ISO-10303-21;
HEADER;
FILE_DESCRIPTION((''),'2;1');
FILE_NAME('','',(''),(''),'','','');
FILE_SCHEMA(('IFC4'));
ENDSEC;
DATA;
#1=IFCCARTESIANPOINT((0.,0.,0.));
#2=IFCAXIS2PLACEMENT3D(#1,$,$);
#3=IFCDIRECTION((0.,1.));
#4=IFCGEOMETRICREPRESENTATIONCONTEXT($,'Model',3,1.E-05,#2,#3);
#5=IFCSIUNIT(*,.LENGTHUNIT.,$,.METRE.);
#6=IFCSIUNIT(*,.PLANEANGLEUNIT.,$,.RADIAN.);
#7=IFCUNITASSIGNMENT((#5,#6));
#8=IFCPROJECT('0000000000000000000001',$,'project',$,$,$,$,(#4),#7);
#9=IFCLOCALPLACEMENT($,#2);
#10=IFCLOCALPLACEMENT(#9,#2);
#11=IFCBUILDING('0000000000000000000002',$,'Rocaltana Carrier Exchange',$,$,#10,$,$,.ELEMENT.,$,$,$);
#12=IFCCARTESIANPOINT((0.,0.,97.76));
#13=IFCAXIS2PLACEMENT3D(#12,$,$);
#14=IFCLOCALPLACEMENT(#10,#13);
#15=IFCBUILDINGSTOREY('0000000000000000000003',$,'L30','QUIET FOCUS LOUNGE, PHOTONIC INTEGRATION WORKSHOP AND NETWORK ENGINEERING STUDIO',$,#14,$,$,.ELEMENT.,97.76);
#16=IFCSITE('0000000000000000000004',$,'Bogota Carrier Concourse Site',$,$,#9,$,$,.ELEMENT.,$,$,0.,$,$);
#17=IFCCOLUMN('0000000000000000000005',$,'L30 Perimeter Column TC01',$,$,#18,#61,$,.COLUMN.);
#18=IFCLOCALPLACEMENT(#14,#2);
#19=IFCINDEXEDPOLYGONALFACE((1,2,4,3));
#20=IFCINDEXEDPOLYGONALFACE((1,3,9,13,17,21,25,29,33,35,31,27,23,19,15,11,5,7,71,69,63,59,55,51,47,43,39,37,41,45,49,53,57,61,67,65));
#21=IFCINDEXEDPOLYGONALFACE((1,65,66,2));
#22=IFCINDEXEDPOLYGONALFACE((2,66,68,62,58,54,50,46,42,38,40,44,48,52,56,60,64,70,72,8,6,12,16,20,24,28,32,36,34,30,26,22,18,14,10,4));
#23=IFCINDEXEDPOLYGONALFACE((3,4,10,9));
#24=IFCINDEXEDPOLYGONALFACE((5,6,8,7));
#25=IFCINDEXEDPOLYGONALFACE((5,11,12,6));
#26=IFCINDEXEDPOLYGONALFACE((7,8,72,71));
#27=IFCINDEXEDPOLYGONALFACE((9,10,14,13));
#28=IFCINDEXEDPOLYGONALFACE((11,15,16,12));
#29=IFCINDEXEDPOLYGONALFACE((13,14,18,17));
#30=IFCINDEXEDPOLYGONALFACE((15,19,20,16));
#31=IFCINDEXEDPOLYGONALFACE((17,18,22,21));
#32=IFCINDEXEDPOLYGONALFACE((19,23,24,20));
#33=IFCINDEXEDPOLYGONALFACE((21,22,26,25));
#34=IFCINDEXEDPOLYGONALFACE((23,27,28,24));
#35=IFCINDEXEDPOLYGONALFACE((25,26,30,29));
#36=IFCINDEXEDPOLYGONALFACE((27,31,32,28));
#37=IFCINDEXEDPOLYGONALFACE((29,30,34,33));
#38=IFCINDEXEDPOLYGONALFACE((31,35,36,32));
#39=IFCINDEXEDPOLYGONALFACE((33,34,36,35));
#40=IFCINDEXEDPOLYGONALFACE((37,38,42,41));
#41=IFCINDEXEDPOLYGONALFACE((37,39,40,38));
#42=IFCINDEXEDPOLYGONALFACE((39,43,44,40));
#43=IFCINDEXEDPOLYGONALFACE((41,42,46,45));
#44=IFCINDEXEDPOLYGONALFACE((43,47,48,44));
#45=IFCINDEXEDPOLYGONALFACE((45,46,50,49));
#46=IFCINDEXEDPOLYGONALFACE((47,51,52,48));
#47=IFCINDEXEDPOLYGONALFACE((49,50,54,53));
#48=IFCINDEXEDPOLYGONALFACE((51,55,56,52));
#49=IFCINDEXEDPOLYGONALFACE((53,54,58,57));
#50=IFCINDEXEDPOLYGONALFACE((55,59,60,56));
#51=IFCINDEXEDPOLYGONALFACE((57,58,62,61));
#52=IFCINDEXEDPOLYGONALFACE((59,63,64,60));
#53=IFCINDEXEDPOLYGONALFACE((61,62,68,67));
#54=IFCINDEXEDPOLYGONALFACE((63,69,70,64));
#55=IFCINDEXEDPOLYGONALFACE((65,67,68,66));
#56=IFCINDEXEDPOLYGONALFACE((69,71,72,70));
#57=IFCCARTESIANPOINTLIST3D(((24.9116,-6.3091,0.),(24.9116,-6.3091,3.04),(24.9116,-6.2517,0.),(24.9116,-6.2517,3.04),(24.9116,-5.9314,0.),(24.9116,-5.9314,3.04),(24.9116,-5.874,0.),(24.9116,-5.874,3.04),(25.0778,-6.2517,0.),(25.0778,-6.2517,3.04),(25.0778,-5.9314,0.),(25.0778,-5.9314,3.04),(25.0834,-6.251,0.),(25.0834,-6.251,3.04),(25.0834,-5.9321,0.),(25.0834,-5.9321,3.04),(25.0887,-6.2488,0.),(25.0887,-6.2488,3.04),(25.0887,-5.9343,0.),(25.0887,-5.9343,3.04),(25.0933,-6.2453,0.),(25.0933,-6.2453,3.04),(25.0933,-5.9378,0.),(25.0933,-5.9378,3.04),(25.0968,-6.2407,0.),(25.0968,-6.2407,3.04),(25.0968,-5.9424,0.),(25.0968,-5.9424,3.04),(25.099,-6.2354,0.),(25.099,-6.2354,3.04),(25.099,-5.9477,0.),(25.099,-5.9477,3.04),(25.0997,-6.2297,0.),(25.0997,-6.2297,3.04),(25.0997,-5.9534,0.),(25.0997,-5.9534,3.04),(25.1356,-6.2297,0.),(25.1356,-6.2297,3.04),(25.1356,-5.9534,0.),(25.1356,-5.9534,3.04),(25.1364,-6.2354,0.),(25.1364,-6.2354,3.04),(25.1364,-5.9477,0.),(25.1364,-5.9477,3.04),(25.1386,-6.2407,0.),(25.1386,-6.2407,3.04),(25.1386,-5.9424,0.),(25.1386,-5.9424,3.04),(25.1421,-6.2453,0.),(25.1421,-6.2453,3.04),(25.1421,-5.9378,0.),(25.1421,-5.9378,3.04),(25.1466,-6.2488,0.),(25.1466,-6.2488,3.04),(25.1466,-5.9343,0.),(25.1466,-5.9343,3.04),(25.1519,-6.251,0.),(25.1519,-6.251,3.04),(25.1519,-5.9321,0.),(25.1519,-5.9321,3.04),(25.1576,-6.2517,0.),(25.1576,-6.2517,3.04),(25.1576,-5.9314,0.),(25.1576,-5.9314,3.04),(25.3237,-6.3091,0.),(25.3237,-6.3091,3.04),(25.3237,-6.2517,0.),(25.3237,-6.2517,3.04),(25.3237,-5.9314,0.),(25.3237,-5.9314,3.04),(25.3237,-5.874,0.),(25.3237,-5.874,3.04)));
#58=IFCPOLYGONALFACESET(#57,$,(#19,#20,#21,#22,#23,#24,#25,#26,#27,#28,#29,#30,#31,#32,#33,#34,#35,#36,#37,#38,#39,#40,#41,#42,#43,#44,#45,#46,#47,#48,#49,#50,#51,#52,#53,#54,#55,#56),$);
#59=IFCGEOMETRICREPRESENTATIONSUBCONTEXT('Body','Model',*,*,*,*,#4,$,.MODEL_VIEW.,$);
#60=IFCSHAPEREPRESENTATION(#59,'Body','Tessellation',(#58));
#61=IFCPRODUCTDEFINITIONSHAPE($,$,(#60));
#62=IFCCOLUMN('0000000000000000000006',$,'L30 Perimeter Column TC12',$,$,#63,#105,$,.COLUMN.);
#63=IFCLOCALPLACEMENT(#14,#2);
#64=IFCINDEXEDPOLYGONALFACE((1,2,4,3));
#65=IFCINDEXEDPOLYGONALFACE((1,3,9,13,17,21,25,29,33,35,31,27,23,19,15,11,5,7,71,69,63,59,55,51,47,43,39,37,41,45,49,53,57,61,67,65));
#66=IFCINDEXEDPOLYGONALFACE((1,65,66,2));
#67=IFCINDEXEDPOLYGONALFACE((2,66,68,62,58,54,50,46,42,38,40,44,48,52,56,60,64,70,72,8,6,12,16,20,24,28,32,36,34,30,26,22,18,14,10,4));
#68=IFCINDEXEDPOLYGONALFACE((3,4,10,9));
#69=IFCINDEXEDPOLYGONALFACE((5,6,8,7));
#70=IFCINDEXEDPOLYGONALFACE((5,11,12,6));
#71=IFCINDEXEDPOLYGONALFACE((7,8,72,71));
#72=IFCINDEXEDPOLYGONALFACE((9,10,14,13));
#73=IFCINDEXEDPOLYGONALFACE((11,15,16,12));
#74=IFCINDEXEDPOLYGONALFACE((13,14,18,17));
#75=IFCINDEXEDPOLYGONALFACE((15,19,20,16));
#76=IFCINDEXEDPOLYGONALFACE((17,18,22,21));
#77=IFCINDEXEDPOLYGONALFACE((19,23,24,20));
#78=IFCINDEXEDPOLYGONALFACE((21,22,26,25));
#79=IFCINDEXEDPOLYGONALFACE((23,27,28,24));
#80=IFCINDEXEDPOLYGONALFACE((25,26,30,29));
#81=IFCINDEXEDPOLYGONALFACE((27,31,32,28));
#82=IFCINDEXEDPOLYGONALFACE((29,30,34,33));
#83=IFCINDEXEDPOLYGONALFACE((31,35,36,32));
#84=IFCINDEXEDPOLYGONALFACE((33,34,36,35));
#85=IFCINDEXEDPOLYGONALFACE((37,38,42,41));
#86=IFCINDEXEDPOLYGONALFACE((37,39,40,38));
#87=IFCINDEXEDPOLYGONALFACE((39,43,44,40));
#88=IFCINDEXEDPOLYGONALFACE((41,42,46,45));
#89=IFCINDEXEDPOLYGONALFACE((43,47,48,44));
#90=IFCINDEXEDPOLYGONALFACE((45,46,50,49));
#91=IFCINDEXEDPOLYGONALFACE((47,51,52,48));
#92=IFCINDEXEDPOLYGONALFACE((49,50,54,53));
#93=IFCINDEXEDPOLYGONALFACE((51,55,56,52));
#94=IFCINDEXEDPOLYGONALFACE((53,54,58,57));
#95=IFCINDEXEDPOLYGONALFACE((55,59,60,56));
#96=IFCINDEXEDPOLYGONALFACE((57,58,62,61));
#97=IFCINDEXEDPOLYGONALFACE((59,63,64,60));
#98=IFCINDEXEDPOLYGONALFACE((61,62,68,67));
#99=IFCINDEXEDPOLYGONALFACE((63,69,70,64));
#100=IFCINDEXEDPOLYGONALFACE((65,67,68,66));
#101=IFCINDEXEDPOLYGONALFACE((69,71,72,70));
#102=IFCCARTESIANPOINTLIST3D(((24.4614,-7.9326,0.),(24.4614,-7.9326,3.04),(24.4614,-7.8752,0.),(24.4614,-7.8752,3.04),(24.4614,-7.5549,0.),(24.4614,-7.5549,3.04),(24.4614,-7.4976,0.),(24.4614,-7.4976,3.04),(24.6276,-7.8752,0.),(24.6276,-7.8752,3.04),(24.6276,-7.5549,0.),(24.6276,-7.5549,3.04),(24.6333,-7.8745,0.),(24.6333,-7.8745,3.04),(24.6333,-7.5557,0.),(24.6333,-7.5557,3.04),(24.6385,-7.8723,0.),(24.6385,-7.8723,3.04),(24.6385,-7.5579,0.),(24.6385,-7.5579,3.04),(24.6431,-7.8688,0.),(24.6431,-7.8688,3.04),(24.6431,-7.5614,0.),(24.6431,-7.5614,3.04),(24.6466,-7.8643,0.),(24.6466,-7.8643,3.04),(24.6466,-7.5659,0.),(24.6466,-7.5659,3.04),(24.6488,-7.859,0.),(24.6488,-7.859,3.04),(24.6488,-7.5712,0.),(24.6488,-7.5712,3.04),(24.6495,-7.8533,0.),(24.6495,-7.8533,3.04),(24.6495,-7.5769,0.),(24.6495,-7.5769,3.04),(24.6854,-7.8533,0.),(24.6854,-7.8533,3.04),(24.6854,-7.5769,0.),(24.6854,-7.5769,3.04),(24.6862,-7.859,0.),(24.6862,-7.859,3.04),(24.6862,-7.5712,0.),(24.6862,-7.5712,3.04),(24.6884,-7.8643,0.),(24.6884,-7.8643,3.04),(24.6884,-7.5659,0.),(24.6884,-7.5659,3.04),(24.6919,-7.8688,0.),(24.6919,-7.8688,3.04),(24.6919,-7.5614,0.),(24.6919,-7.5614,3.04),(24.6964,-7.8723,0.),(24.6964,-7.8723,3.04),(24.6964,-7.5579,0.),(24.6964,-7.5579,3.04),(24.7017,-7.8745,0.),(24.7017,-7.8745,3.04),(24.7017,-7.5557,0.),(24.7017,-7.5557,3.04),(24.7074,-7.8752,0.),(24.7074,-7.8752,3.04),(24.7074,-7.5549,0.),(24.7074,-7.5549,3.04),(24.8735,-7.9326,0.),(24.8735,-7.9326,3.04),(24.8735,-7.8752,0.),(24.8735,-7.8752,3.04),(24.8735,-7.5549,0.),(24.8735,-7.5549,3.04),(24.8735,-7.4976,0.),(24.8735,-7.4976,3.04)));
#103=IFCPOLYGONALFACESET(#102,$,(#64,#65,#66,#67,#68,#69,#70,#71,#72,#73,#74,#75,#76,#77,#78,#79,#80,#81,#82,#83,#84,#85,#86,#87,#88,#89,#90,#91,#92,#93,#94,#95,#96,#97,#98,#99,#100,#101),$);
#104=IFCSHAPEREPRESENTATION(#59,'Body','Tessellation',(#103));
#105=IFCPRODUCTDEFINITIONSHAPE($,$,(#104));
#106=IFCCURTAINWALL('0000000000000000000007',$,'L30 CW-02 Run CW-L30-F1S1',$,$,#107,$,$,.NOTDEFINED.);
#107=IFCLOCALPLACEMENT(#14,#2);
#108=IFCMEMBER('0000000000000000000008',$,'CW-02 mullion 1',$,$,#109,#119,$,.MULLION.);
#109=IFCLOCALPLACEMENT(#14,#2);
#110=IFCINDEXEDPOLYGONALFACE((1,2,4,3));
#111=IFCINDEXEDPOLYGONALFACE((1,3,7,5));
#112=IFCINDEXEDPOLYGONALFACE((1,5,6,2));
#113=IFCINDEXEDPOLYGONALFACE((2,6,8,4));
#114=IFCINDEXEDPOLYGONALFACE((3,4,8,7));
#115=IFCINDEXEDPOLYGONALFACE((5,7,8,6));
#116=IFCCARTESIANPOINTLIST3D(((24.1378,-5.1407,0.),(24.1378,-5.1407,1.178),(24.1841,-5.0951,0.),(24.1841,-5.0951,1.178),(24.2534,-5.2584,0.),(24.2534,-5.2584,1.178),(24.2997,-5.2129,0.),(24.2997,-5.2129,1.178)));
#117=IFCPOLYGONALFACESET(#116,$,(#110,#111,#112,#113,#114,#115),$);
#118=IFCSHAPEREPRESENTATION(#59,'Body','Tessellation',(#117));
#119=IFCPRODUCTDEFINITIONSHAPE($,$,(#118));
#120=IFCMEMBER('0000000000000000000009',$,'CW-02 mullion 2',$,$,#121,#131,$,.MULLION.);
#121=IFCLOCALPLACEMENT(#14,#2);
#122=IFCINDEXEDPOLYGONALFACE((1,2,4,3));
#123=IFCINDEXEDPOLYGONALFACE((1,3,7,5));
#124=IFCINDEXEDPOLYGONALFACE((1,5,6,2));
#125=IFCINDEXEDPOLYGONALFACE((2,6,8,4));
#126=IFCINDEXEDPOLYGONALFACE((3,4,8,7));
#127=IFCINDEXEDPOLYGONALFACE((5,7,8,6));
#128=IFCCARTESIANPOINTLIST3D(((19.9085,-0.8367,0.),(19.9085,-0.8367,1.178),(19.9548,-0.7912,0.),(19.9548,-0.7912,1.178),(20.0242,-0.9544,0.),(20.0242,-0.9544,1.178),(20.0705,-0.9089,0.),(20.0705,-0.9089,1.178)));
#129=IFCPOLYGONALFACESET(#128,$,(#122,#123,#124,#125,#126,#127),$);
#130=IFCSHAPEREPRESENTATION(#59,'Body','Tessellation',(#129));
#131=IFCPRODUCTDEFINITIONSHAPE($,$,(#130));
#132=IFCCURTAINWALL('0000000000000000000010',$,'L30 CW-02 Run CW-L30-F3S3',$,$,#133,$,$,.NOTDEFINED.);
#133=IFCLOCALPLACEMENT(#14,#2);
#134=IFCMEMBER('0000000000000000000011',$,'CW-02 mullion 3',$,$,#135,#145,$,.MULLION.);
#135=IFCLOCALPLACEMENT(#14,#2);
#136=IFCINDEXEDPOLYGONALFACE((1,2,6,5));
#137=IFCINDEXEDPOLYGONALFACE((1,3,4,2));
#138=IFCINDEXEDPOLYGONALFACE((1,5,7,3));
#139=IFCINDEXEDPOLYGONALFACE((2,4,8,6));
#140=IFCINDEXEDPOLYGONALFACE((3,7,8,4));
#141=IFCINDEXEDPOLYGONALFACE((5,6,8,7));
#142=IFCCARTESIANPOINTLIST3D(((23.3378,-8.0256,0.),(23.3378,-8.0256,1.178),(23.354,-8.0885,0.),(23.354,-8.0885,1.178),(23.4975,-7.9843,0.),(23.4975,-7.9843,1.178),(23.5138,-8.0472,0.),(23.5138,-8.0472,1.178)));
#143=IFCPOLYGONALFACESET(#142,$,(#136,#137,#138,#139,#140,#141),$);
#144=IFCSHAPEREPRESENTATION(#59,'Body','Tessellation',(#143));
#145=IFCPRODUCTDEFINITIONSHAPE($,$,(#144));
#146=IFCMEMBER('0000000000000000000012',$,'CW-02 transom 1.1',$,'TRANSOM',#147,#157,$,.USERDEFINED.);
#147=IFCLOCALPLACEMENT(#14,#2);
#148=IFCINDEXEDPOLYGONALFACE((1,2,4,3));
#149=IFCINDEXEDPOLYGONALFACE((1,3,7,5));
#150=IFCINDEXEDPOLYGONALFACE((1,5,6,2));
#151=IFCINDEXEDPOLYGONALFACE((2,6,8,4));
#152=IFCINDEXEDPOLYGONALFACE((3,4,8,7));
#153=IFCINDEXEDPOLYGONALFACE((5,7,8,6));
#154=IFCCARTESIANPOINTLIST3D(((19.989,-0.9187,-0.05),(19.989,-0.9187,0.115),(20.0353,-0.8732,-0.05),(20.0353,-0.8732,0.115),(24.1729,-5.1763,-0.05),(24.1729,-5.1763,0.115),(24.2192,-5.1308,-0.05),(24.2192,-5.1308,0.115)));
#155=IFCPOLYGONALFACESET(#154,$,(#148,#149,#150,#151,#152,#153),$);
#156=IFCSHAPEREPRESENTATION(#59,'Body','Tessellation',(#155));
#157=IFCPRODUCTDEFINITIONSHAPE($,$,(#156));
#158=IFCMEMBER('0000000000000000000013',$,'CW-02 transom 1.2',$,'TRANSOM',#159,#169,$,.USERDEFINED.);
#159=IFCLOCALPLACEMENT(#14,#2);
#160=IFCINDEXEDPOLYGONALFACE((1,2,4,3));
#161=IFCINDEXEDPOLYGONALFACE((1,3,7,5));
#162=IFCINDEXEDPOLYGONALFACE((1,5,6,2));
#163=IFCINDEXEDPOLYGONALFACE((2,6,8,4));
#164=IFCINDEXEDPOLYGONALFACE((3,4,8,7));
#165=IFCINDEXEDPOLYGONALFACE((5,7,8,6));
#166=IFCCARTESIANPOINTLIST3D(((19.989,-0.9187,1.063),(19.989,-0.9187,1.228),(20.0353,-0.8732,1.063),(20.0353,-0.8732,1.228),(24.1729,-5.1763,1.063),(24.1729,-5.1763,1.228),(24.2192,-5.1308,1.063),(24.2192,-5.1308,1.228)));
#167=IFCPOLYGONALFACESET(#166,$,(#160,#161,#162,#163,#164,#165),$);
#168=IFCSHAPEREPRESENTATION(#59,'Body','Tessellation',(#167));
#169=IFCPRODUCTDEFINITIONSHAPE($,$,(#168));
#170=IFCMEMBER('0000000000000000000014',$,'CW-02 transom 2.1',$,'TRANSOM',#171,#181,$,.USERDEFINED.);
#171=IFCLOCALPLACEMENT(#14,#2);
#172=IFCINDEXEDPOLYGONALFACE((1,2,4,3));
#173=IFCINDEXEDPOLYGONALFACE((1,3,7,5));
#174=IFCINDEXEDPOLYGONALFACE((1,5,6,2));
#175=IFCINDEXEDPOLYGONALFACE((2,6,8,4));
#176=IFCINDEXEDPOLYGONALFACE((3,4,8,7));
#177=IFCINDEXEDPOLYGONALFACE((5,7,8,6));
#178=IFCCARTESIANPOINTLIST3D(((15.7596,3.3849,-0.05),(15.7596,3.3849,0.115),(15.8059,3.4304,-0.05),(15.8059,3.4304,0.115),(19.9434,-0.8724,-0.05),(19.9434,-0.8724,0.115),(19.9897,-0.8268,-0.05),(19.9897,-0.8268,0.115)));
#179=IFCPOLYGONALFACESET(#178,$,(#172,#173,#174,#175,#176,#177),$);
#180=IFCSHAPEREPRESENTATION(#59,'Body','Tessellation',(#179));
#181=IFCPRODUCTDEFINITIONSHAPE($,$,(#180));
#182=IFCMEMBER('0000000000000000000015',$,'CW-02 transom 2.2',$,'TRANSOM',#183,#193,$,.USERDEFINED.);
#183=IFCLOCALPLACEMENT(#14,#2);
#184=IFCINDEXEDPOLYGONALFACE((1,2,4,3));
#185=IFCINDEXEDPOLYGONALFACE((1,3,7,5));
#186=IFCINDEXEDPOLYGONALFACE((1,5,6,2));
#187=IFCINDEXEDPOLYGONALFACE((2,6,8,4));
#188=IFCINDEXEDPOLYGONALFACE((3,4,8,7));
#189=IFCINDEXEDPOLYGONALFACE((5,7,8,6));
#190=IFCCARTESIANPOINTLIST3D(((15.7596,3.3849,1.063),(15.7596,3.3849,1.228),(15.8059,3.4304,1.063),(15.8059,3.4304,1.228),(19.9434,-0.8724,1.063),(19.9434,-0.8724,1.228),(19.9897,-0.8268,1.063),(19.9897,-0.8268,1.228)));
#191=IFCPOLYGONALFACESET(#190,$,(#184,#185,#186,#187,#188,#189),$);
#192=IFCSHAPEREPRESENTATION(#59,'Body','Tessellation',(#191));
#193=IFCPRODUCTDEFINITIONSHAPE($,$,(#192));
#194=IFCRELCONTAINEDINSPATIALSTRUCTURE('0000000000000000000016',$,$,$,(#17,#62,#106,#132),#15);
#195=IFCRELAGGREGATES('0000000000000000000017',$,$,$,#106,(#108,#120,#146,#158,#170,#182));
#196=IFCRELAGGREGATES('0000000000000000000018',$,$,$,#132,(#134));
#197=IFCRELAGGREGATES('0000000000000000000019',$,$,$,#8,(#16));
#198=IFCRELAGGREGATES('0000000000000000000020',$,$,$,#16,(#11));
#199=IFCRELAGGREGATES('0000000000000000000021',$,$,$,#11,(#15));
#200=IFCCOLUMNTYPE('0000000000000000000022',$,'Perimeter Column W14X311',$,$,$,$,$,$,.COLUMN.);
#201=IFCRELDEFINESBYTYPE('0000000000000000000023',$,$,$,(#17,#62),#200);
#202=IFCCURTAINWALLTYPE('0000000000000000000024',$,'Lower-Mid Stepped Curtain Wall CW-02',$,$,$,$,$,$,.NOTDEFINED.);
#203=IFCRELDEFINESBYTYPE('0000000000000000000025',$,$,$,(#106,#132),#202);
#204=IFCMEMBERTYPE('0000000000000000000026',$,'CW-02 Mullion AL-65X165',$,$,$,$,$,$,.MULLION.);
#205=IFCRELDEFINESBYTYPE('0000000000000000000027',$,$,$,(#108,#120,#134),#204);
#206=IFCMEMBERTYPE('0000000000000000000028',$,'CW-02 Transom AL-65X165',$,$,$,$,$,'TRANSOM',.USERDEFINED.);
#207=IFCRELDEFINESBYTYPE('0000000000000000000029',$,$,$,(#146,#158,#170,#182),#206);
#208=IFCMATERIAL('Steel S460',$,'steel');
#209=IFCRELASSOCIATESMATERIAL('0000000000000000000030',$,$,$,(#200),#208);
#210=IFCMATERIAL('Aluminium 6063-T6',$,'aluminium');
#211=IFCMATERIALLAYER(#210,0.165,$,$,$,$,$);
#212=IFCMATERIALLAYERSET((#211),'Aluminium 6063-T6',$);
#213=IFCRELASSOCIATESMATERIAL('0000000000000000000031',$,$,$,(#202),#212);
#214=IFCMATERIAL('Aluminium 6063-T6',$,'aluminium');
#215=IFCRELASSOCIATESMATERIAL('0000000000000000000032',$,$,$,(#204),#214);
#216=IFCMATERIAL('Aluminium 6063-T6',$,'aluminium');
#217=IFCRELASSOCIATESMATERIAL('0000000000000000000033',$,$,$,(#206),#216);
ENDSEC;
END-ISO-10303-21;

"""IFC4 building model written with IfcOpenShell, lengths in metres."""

from ifc_helpers import new_model, si_unit, direction, frame, origin, origin_2d, place, context, subcontext, project, spatial, rectangle, i_section, extrude, material, layer, layer_set, material_profile, profile_set, type_object, element, aggregate, save


model = new_model("IFC4")

# Units and contexts
model_context = context("Model", 3, precision=1e-05, world=origin(), true_north=direction((0.0, 1.0)))
body_context = subcontext(model_context, "Body", "Model", "MODEL_VIEW")
ifc_project = project(units=[si_unit("LENGTHUNIT", "METRE"), si_unit("PLANEANGLEUNIT", "RADIAN")], contexts=[model_context])

# Site, building, storey
site_placement = place(None, origin())
site = spatial("IfcSite", under=ifc_project, at=site_placement, Name="Bogota Carrier Concourse Site", CompositionType="ELEMENT", RefElevation=0.0)
building_placement = place(site_placement, origin())
building = spatial("IfcBuilding", under=site, at=building_placement, Name="Rocaltana Carrier Exchange", CompositionType="ELEMENT")
storey_placement = place(building_placement, frame((0.0, 0.0, 97.76)))
storey = spatial("IfcBuildingStorey", under=building, at=storey_placement, Name="L30", Description="QUIET FOCUS LOUNGE, PHOTONIC INTEGRATION WORKSHOP AND NETWORK ENGINEERING STUDIO", CompositionType="ELEMENT", Elevation=97.76)

# Columns
ifc_material_1 = material(Name="Steel S460", Category="steel")
ifc_material_profile_1 = material_profile(ifc_material_1, i_section(OverallWidth=0.4121, OverallDepth=0.4351, WebThickness=0.0359, FlangeThickness=0.0574, FilletRadius=0.022, at=origin_2d()), Name="W14X311")
ifc_profile_set_1 = profile_set([ifc_material_profile_1], Name="Steel S460")
column_type = type_object("IfcColumnType", Name="Perimeter Column W14X311", PredefinedType="COLUMN", material=ifc_profile_set_1)
for number, where, z_axis, x_axis, name in (
    (1, (25.1177, -6.0916, 0.0), (0.0, 0.0, 1.0), (1.0, 0.0, 0.0), "L30 Perimeter Column TC01"),
    (2, (24.6675, -7.7151, 0.0), (0.0, 0.0, 1.0), (1.0, 0.0, 0.0), "L30 Perimeter Column TC12"),
):
    element("IfcColumn", number, at=place(storey_placement, frame(where, z_axis=z_axis, x_axis=x_axis)), inside=storey, type_object=column_type, Name=name, PredefinedType="COLUMN", context=body_context, shape_type="SweptSolid", body=[
        extrude(i_section(OverallWidth=0.4121, OverallDepth=0.4351, WebThickness=0.0359, FlangeThickness=0.0574, FilletRadius=0.022, at=origin_2d()), origin(), (0.0, 0.0, 1.0), 3.04),
    ])

# Curtain wall, members
ifc_material_2 = material(Name="Aluminium 6063-T6", Category="aluminium")
ifc_layer_1 = layer(ifc_material_2, 0.165)
ifc_layer_set_1 = layer_set([ifc_layer_1], Name="Aluminium 6063-T6")
curtain_wall_type = type_object("IfcCurtainWallType", Name="Lower-Mid Stepped Curtain Wall CW-02", PredefinedType="NOTDEFINED", material=ifc_layer_set_1)
curtain_wall_1_placement = place(storey_placement, origin())
curtain_wall_1 = element("IfcCurtainWall", 3, at=curtain_wall_1_placement, inside=storey, type_object=curtain_wall_type, Name="L30 CW-02 Run CW-L30-F1S1", PredefinedType="NOTDEFINED")
ifc_material_3 = material(Name="Aluminium 6063-T6", Category="aluminium")
ifc_material_profile_2 = material_profile(ifc_material_3, rectangle(XDim=0.0649, YDim=0.165, at=origin_2d()), Name="AL-65X165")
ifc_profile_set_2 = profile_set([ifc_material_profile_2], Name="Aluminium 6063-T6")
member_type_1 = type_object("IfcMemberType", Name="CW-02 Mullion AL-65X165", PredefinedType="MULLION", material=ifc_profile_set_2)
member_1_placement = place(storey_placement, frame((24.2188, -5.1768, 0.0), z_axis=(0.0, 0.0, 1.0), x_axis=(-0.713245, -0.700915, 0.0)))
member_1 = element("IfcMember", 4, at=member_1_placement, type_object=member_type_1, Name="CW-02 mullion 1", PredefinedType="MULLION", context=body_context, shape_type="SweptSolid", body=[
    extrude(rectangle(XDim=0.0649, YDim=0.165, at=origin_2d()), origin(), (0.0, 0.0, 1.0), 1.178),
])
member_2_placement = place(storey_placement, frame((19.9895, -0.8728, 0.0), z_axis=(0.0, 0.0, 1.0), x_axis=(-0.713245, -0.700915, 0.0)))
member_2 = element("IfcMember", 5, at=member_2_placement, type_object=member_type_1, Name="CW-02 mullion 2", PredefinedType="MULLION", context=body_context, shape_type="SweptSolid", body=[
    extrude(rectangle(XDim=0.0649, YDim=0.165, at=origin_2d()), origin(), (0.0, 0.0, 1.0), 1.178),
])

# Curtain wall, member
curtain_wall_2_placement = place(storey_placement, origin())
curtain_wall_2 = element("IfcCurtainWall", 6, at=curtain_wall_2_placement, inside=storey, type_object=curtain_wall_type, Name="L30 CW-02 Run CW-L30-F3S3", PredefinedType="NOTDEFINED")
member_3_placement = place(storey_placement, frame((23.4258, -8.0364, 0.0), z_axis=(0.0, 0.0, 1.0), x_axis=(-0.25037, 0.96815, 0.0)))
member_3 = element("IfcMember", 7, at=member_3_placement, type_object=member_type_1, Name="CW-02 mullion 3", PredefinedType="MULLION", context=body_context, shape_type="SweptSolid", body=[
    extrude(rectangle(XDim=0.0649, YDim=0.165, at=origin_2d()), origin(), (0.0, 0.0, 1.0), 1.178),
])

# Members
ifc_material_4 = material(Name="Aluminium 6063-T6", Category="aluminium")
ifc_material_profile_3 = material_profile(ifc_material_4, rectangle(XDim=0.0649, YDim=0.165, at=origin_2d()), Name="AL-65X165")
ifc_profile_set_3 = profile_set([ifc_material_profile_3], Name="Aluminium 6063-T6")
member_type_2 = type_object("IfcMemberType", Name="CW-02 Transom AL-65X165", ElementType="TRANSOM", PredefinedType="USERDEFINED", material=ifc_profile_set_3)
member_4_placement = place(storey_placement, frame((24.196, -5.1536, 0.0325), z_axis=(-0.700904, 0.713256, 0.0), x_axis=(-0.713256, -0.700904, 0.0)))
member_4 = element("IfcMember", 8, at=member_4_placement, type_object=member_type_2, Name="CW-02 transom 1.1", ObjectType="TRANSOM", PredefinedType="USERDEFINED", context=body_context, shape_type="SweptSolid", body=[
    extrude(rectangle(XDim=0.0649, YDim=0.165, at=origin_2d()), origin(), (0.0, 0.0, 1.0), 5.9692),
])
member_5_placement = place(storey_placement, frame((24.196, -5.1536, 1.1455), z_axis=(-0.700904, 0.713256, 0.0), x_axis=(-0.713256, -0.700904, 0.0)))
member_5 = element("IfcMember", 9, at=member_5_placement, type_object=member_type_2, Name="CW-02 transom 1.2", ObjectType="TRANSOM", PredefinedType="USERDEFINED", context=body_context, shape_type="SweptSolid", body=[
    extrude(rectangle(XDim=0.0649, YDim=0.165, at=origin_2d()), origin(), (0.0, 0.0, 1.0), 5.9692),
])
member_6_placement = place(storey_placement, frame((19.9666, -0.8496, 0.0325), z_axis=(-0.700924, 0.713236, 0.0), x_axis=(-0.713236, -0.700924, 0.0)))
member_6 = element("IfcMember", 10, at=member_6_placement, type_object=member_type_2, Name="CW-02 transom 2.1", ObjectType="TRANSOM", PredefinedType="USERDEFINED", context=body_context, shape_type="SweptSolid", body=[
    extrude(rectangle(XDim=0.0649, YDim=0.165, at=origin_2d()), origin(), (0.0, 0.0, 1.0), 5.969),
])
member_7_placement = place(storey_placement, frame((19.9666, -0.8496, 1.1455), z_axis=(-0.700924, 0.713236, 0.0), x_axis=(-0.713236, -0.700924, 0.0)))
member_7 = element("IfcMember", 11, at=member_7_placement, type_object=member_type_2, Name="CW-02 transom 2.2", ObjectType="TRANSOM", PredefinedType="USERDEFINED", context=body_context, shape_type="SweptSolid", body=[
    extrude(rectangle(XDim=0.0649, YDim=0.165, at=origin_2d()), origin(), (0.0, 0.0, 1.0), 5.969),
])

aggregate(curtain_wall_1, [member_1, member_2, member_4, member_5, member_6, member_7])
aggregate(curtain_wall_2, [member_3])

save(model, "model.ifc")
